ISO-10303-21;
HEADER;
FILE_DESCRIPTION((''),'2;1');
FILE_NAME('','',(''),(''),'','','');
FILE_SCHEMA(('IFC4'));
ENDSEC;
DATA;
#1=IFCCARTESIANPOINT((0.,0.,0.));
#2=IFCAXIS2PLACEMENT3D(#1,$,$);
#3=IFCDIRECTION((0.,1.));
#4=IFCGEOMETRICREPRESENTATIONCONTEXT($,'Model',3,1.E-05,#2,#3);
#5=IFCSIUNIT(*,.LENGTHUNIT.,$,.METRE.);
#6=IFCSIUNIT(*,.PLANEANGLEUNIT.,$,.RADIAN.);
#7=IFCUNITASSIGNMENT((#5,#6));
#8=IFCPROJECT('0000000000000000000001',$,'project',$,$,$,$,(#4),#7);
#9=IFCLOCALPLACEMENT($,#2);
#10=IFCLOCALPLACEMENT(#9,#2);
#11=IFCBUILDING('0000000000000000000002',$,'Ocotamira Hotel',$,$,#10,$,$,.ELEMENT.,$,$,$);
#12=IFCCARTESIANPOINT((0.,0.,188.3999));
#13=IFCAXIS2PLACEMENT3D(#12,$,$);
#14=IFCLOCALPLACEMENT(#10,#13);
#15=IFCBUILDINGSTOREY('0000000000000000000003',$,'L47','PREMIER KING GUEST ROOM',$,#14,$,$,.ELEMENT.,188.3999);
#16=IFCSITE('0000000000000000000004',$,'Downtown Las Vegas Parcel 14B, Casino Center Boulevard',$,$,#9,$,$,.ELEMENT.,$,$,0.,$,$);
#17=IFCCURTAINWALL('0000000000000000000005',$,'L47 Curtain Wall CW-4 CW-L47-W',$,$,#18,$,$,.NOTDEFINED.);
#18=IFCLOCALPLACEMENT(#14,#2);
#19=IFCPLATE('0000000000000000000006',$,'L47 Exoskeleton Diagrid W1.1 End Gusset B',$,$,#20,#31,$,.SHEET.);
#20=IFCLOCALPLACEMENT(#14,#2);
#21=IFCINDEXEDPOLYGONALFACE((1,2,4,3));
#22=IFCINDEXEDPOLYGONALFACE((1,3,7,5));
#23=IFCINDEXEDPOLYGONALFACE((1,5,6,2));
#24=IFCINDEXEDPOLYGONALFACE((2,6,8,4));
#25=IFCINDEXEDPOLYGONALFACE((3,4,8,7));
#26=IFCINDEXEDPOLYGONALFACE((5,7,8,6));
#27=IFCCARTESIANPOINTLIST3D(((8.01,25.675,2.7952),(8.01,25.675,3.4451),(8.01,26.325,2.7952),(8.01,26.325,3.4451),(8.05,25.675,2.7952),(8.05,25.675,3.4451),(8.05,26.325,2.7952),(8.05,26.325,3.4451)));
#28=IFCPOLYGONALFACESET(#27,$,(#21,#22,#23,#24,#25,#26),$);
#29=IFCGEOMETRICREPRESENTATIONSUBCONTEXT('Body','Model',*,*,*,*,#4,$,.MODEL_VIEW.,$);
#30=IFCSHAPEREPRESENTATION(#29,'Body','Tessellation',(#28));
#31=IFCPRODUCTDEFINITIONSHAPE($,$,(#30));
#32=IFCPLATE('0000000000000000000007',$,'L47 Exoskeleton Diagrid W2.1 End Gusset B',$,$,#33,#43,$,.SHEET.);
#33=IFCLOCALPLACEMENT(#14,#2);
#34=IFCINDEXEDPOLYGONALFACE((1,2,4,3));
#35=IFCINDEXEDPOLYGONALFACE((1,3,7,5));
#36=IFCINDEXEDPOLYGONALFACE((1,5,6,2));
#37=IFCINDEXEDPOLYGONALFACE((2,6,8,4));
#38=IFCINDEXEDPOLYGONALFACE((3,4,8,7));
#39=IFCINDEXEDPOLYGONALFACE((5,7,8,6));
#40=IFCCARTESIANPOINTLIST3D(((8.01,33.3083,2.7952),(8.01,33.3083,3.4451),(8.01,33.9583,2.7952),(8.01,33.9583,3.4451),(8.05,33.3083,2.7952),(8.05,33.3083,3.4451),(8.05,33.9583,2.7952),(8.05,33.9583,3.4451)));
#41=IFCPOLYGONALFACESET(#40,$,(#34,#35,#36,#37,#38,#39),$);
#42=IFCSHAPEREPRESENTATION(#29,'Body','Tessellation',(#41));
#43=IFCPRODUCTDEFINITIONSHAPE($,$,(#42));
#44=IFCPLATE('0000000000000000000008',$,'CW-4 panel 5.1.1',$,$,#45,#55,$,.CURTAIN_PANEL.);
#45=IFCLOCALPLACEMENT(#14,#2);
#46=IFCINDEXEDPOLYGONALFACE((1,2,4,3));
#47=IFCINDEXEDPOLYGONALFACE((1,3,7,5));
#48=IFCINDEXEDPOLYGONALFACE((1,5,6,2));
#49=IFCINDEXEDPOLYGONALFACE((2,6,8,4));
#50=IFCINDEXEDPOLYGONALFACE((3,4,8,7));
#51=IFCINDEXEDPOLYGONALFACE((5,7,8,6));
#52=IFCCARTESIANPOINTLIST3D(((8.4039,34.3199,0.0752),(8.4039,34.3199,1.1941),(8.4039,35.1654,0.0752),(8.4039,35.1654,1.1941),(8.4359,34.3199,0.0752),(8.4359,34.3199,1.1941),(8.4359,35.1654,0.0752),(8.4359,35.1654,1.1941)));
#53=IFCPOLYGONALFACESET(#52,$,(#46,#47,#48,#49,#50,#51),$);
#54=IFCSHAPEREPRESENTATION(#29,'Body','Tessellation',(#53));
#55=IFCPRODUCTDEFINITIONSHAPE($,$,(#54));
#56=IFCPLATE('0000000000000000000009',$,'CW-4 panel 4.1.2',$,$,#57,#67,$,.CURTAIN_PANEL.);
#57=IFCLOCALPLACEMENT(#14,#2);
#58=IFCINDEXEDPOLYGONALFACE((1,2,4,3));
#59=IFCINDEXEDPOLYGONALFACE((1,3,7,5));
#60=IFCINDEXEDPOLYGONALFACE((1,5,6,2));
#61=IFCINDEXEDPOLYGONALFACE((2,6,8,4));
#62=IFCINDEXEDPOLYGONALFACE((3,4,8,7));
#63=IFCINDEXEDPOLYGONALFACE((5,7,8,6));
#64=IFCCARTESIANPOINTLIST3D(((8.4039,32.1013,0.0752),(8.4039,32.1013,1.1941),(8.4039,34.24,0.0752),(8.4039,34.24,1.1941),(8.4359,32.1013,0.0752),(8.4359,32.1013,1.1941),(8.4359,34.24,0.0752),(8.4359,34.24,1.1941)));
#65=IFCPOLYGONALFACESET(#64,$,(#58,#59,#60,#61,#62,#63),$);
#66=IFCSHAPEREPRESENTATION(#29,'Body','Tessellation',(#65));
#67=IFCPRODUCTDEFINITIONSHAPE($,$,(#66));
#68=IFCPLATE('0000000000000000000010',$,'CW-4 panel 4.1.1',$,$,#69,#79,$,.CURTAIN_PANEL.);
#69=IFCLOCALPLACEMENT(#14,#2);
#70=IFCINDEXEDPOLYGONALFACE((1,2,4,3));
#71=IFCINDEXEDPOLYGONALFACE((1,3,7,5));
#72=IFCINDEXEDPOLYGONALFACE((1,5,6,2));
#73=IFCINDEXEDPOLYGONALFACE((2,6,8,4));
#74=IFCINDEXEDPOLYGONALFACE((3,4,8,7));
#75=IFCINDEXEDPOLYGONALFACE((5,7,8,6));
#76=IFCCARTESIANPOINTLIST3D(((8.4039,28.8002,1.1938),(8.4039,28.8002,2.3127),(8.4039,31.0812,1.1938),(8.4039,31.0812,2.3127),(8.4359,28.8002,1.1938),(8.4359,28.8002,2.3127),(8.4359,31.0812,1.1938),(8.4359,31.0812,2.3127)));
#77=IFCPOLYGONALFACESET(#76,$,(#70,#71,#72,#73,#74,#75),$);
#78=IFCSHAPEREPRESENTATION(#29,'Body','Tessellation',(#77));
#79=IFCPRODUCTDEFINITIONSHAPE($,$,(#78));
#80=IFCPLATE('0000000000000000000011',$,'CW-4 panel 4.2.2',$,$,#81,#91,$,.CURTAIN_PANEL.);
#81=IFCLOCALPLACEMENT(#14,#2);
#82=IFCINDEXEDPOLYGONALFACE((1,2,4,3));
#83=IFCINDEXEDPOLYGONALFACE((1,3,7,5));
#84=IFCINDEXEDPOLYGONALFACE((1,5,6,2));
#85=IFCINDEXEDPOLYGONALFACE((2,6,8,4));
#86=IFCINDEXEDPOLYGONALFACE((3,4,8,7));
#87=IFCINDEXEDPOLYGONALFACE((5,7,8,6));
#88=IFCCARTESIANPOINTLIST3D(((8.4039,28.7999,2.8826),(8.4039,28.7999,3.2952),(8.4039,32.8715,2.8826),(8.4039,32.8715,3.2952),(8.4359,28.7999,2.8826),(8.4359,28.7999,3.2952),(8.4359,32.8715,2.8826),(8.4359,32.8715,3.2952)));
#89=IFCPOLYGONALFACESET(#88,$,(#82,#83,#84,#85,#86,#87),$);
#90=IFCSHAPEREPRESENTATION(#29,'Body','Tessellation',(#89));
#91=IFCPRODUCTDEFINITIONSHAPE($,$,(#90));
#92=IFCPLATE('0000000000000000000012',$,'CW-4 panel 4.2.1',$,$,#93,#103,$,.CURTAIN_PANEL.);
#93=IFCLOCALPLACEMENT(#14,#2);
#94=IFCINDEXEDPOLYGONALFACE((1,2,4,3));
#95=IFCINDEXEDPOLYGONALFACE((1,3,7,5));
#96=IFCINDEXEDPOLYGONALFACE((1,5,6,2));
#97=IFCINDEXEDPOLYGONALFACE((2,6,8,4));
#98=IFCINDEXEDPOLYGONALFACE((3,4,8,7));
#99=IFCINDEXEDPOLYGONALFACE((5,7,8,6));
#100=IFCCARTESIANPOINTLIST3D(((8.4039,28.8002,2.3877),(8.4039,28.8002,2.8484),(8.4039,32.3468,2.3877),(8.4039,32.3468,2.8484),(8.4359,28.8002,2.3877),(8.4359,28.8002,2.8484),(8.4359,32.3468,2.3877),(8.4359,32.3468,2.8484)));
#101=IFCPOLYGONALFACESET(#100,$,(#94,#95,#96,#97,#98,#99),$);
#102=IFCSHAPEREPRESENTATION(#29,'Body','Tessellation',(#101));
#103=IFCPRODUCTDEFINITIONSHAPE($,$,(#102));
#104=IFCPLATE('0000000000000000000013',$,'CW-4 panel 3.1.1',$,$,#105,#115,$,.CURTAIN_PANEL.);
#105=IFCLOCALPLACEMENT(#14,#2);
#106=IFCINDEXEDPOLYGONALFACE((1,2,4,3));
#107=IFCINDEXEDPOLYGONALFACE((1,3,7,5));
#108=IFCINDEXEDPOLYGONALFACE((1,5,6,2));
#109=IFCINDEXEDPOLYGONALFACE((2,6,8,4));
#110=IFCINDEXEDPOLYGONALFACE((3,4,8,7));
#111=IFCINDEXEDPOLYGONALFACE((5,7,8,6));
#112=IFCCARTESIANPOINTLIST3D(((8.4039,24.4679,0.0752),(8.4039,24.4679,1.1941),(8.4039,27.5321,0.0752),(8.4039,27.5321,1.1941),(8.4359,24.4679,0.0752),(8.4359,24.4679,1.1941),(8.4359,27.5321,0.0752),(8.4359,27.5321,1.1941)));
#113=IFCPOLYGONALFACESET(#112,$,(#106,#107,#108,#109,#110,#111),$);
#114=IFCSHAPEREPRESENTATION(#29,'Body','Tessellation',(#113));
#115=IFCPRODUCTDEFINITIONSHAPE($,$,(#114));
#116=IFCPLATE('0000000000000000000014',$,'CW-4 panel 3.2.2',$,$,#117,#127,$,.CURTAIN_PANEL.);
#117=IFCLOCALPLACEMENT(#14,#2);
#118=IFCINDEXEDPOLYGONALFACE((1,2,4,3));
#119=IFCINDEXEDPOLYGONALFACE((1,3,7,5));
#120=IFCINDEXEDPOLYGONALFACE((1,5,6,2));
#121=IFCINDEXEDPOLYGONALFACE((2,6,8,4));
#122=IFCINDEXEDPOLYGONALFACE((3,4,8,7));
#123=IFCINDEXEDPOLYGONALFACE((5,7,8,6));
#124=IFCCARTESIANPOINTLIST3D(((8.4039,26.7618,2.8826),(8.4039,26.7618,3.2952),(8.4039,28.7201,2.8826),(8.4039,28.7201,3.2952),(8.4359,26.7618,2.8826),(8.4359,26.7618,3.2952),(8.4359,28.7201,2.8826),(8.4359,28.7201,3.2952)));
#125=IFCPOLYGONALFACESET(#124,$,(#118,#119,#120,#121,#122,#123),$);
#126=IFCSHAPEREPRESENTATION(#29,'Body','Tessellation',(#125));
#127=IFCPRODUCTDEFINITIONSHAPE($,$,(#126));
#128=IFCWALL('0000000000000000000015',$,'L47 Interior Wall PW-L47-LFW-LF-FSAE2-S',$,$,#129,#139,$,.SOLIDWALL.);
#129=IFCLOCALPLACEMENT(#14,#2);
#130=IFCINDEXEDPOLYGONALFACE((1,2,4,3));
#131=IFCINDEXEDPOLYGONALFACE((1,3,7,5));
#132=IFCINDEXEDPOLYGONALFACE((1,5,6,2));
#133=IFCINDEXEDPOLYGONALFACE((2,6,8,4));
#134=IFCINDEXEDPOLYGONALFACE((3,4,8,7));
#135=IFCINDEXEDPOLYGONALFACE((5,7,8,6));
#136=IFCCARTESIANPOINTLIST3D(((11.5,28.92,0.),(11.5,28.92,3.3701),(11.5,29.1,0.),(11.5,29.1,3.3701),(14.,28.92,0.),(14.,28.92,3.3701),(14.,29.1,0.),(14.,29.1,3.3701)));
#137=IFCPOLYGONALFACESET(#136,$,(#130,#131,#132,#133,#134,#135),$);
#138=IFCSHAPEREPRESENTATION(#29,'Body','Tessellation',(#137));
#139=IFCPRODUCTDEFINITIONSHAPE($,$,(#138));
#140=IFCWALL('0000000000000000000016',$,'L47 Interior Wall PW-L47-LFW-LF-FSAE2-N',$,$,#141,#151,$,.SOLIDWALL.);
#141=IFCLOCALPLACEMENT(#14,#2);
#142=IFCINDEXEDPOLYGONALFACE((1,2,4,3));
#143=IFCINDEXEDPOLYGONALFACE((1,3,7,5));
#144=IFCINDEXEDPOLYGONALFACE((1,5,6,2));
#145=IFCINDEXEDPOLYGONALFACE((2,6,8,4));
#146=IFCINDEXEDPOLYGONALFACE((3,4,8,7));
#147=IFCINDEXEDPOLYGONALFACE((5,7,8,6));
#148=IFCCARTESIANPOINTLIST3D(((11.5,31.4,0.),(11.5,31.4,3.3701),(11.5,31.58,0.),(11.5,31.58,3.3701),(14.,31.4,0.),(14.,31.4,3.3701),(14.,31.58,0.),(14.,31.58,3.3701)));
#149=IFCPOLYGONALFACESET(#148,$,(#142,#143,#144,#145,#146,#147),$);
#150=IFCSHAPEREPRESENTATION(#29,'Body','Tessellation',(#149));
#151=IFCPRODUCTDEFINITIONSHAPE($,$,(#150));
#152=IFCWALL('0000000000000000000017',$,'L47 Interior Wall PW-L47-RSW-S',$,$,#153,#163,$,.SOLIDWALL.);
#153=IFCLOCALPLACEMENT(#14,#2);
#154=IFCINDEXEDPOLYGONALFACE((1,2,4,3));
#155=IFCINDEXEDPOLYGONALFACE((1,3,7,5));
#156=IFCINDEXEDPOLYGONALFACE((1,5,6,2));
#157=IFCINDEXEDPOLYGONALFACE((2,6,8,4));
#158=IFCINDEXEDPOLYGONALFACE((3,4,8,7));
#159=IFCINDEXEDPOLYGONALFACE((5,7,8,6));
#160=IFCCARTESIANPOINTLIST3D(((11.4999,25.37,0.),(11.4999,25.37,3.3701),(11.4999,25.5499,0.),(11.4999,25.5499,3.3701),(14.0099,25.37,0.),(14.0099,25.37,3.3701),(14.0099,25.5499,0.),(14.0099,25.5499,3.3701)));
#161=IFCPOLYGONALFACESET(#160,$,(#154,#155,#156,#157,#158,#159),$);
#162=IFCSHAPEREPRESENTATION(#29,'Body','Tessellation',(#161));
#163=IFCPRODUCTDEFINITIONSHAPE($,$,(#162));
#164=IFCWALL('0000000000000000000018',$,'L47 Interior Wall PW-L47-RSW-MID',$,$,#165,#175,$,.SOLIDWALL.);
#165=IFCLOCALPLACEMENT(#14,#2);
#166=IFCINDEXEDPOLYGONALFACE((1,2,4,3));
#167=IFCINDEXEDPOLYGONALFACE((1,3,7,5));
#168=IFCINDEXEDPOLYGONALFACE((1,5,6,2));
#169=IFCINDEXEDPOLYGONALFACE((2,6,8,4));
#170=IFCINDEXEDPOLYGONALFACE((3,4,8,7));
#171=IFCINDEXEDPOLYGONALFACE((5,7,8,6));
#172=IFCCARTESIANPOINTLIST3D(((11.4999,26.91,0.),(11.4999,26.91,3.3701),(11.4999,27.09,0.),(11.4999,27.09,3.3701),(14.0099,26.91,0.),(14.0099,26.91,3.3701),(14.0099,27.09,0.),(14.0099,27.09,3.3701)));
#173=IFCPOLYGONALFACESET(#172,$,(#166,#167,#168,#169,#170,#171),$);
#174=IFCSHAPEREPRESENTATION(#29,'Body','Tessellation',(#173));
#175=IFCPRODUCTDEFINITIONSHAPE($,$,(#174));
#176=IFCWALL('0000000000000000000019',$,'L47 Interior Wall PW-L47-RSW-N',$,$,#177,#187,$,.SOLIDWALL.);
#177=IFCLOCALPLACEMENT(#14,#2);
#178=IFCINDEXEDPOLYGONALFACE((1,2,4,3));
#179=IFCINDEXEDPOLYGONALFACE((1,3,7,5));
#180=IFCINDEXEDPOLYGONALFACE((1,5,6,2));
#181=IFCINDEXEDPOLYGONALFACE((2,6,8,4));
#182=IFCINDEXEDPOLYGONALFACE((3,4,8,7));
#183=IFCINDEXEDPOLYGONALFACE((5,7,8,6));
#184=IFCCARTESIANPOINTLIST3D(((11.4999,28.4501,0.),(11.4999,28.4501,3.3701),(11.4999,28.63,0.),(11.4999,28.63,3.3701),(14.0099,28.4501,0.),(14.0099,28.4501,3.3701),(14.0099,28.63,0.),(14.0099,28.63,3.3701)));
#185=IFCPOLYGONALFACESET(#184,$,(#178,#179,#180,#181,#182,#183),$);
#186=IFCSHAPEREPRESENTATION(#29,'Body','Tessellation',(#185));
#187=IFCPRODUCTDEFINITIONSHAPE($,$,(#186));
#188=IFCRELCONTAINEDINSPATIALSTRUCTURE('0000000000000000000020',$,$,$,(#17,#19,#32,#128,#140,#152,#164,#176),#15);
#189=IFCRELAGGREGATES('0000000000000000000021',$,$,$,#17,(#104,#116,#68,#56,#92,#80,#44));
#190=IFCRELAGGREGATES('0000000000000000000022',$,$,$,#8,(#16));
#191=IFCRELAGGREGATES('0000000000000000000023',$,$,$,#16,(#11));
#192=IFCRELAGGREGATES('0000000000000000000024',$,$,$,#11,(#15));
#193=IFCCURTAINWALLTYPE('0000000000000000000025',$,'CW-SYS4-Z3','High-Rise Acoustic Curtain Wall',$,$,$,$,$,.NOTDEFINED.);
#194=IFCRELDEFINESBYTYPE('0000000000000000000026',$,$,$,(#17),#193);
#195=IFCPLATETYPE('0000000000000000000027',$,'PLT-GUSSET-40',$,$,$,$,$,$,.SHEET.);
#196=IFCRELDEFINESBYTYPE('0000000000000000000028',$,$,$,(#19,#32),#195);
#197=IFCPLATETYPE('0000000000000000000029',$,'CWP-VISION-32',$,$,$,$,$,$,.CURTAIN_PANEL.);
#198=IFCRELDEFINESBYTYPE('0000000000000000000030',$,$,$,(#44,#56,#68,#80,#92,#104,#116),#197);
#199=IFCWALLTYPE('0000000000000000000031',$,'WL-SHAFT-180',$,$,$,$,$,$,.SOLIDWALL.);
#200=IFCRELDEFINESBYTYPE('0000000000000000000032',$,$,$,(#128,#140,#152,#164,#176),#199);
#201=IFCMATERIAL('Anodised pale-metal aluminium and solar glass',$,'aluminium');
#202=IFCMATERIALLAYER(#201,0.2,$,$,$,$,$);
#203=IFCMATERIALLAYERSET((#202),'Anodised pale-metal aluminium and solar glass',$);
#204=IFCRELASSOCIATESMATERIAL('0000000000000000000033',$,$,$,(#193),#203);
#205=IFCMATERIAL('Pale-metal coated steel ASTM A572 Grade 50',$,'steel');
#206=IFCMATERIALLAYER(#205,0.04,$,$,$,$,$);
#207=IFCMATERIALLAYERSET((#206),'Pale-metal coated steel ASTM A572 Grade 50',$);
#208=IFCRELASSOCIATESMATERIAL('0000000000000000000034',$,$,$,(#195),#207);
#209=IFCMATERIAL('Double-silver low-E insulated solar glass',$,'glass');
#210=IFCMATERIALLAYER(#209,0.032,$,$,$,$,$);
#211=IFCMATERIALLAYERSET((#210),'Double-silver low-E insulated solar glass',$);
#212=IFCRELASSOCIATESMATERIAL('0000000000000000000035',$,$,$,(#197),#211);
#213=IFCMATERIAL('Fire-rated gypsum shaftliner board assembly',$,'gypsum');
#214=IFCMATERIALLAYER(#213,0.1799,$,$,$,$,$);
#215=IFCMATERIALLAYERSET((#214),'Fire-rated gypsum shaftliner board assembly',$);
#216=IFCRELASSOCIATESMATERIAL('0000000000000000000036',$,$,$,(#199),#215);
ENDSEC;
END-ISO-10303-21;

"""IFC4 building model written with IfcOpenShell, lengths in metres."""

from ifc_helpers import new_model, si_unit, direction, frame, frame_2d, origin, origin_2d, place, context, subcontext, project, spatial, rectangle, extrude, source, transform, mapped, material, layer, layer_set, type_object, element, aggregate, save


model = new_model("IFC4")

# Units and contexts
model_context = context("Model", 3, precision=1e-05, world=origin(), true_north=direction((0.0, 1.0)))
body_context = subcontext(model_context, "Body", "Model", "MODEL_VIEW")
ifc_project = project(units=[si_unit("LENGTHUNIT", "METRE"), si_unit("PLANEANGLEUNIT", "RADIAN")], contexts=[model_context])

# Site, building, storey
site_placement = place(None, origin())
site = spatial("IfcSite", under=ifc_project, at=site_placement, Name="Downtown Las Vegas Parcel 14B, Casino Center Boulevard", CompositionType="ELEMENT", RefElevation=0.0)
building_placement = place(site_placement, origin())
building = spatial("IfcBuilding", under=site, at=building_placement, Name="Ocotamira Hotel", CompositionType="ELEMENT")
storey_placement = place(building_placement, frame((0.0, 0.0, 188.3999)))
storey = spatial("IfcBuildingStorey", under=building, at=storey_placement, Name="L47", Description="PREMIER KING GUEST ROOM", CompositionType="ELEMENT", Elevation=188.3999)

# Curtain wall
ifc_material_1 = material(Name="Anodised pale-metal aluminium and solar glass", Category="aluminium")
ifc_layer_1 = layer(ifc_material_1, 0.2)
ifc_layer_set_1 = layer_set([ifc_layer_1], Name="Anodised pale-metal aluminium and solar glass")
curtain_wall_type = type_object("IfcCurtainWallType", Name="CW-SYS4-Z3", Description="High-Rise Acoustic Curtain Wall", PredefinedType="NOTDEFINED", material=ifc_layer_set_1)
curtain_wall_placement = place(storey_placement, origin())
curtain_wall = element("IfcCurtainWall", 1, at=curtain_wall_placement, inside=storey, type_object=curtain_wall_type, Name="L47 Curtain Wall CW-4 CW-L47-W", PredefinedType="NOTDEFINED")

# Plates
ifc_material_2 = material(Name="Pale-metal coated steel ASTM A572 Grade 50", Category="steel")
ifc_layer_2 = layer(ifc_material_2, 0.04)
ifc_layer_set_2 = layer_set([ifc_layer_2], Name="Pale-metal coated steel ASTM A572 Grade 50")
plate_type_1 = type_object("IfcPlateType", Name="PLT-GUSSET-40", PredefinedType="SHEET", material=ifc_layer_set_2)
shared_shape_1 = source(origin(), body_context, "Body", "SweptSolid", [
    extrude(rectangle(XDim=0.04, YDim=0.6499, at=origin_2d()), origin(), (0.0, 0.0, 1.0), 0.6499),
])
for number, where, z_axis, x_axis, name in (
    (2, (8.03, 26.0, 2.7952), (0.0, 0.0, 1.0), (1.0, 0.0, 0.0), "L47 Exoskeleton Diagrid W1.1 End Gusset B"),
    (3, (8.03, 33.6333, 2.7952), (0.0, 0.0, 1.0), (1.0, 0.0, 0.0), "L47 Exoskeleton Diagrid W2.1 End Gusset B"),
):
    element("IfcPlate", number, at=place(storey_placement, frame(where, z_axis=z_axis, x_axis=x_axis)), inside=storey, type_object=plate_type_1, Name=name, PredefinedType="SHEET", context=body_context, shape_type="MappedRepresentation", body=[
        mapped(shared_shape_1, transform((0.0, 0.0, 0.0), scale=1.0)),
    ])

# Plates
ifc_material_3 = material(Name="Double-silver low-E insulated solar glass", Category="glass")
ifc_layer_3 = layer(ifc_material_3, 0.032)
ifc_layer_set_3 = layer_set([ifc_layer_3], Name="Double-silver low-E insulated solar glass")
plate_type_2 = type_object("IfcPlateType", Name="CWP-VISION-32", PredefinedType="CURTAIN_PANEL", material=ifc_layer_set_3)
shared_shape_2 = source(origin(), body_context, "Body", "SweptSolid", [
    extrude(rectangle(XDim=0.8455, YDim=0.032, at=origin_2d()), origin(), (0.0, 0.0, 1.0), 1.1189),
])
plate_1_placement = place(storey_placement, frame((8.4199, 34.7427, 0.0752), z_axis=(0.0, 0.0, 1.0), x_axis=(0.0, 1.0, 0.0)))
plate_1 = element("IfcPlate", 4, at=plate_1_placement, type_object=plate_type_2, Name="CW-4 panel 5.1.1", PredefinedType="CURTAIN_PANEL", context=body_context, shape_type="MappedRepresentation", body=[
    mapped(shared_shape_2, transform((0.0, 0.0, 0.0), scale=1.0)),
])
shared_shape_3 = source(origin(), body_context, "Body", "SweptSolid", [
    extrude(rectangle(XDim=2.1387, YDim=0.032, at=origin_2d()), origin(), (0.0, 0.0, 1.0), 1.1189),
])
plate_2_placement = place(storey_placement, frame((8.4199, 33.1707, 0.0752), z_axis=(0.0, 0.0, 1.0), x_axis=(0.0, 1.0, 0.0)))
plate_2 = element("IfcPlate", 5, at=plate_2_placement, type_object=plate_type_2, Name="CW-4 panel 4.1.2", PredefinedType="CURTAIN_PANEL", context=body_context, shape_type="MappedRepresentation", body=[
    mapped(shared_shape_3, transform((0.0, 0.0, 0.0), scale=1.0)),
])
shared_shape_4 = source(origin(), body_context, "Body", "SweptSolid", [
    extrude(rectangle(XDim=2.281, YDim=0.032, at=origin_2d()), origin(), (0.0, 0.0, 1.0), 1.1189),
])
plate_3_placement = place(storey_placement, frame((8.4199, 29.9407, 1.1938), z_axis=(0.0, 0.0, 1.0), x_axis=(0.0, 1.0, 0.0)))
plate_3 = element("IfcPlate", 6, at=plate_3_placement, type_object=plate_type_2, Name="CW-4 panel 4.1.1", PredefinedType="CURTAIN_PANEL", context=body_context, shape_type="MappedRepresentation", body=[
    mapped(shared_shape_4, transform((0.0, 0.0, 0.0), scale=1.0)),
])
shared_shape_5 = source(origin(), body_context, "Body", "SweptSolid", [
    extrude(rectangle(XDim=4.0715, YDim=0.032, at=origin_2d()), origin(), (0.0, 0.0, 1.0), 0.4126),
])
plate_4_placement = place(storey_placement, frame((8.4199, 30.8357, 2.8826), z_axis=(0.0, 0.0, 1.0), x_axis=(0.0, 1.0, 0.0)))
plate_4 = element("IfcPlate", 7, at=plate_4_placement, type_object=plate_type_2, Name="CW-4 panel 4.2.2", PredefinedType="CURTAIN_PANEL", context=body_context, shape_type="MappedRepresentation", body=[
    mapped(shared_shape_5, transform((0.0, 0.0, 0.0), scale=1.0)),
])
shared_shape_6 = source(origin(), body_context, "Body", "SweptSolid", [
    extrude(rectangle(XDim=3.5466, YDim=0.032, at=origin_2d()), origin(), (0.0, 0.0, 1.0), 0.4607),
])
plate_5_placement = place(storey_placement, frame((8.4199, 30.5735, 2.3877), z_axis=(0.0, 0.0, 1.0), x_axis=(0.0, 1.0, 0.0)))
plate_5 = element("IfcPlate", 8, at=plate_5_placement, type_object=plate_type_2, Name="CW-4 panel 4.2.1", PredefinedType="CURTAIN_PANEL", context=body_context, shape_type="MappedRepresentation", body=[
    mapped(shared_shape_6, transform((0.0, 0.0, 0.0), scale=1.0)),
])
shared_shape_7 = source(origin(), body_context, "Body", "SweptSolid", [
    extrude(rectangle(XDim=3.0642, YDim=0.032, at=origin_2d()), origin(), (0.0, 0.0, 1.0), 1.1189),
])
plate_6_placement = place(storey_placement, frame((8.4199, 26.0, 0.0752), z_axis=(0.0, 0.0, 1.0), x_axis=(0.0, 1.0, 0.0)))
plate_6 = element("IfcPlate", 9, at=plate_6_placement, type_object=plate_type_2, Name="CW-4 panel 3.1.1", PredefinedType="CURTAIN_PANEL", context=body_context, shape_type="MappedRepresentation", body=[
    mapped(shared_shape_7, transform((0.0, 0.0, 0.0), scale=1.0)),
])
shared_shape_8 = source(origin(), body_context, "Body", "SweptSolid", [
    extrude(rectangle(XDim=1.9583, YDim=0.032, at=origin_2d()), origin(), (0.0, 0.0, 1.0), 0.4126),
])
plate_7_placement = place(storey_placement, frame((8.4199, 27.741, 2.8826), z_axis=(0.0, 0.0, 1.0), x_axis=(0.0, 1.0, 0.0)))
plate_7 = element("IfcPlate", 10, at=plate_7_placement, type_object=plate_type_2, Name="CW-4 panel 3.2.2", PredefinedType="CURTAIN_PANEL", context=body_context, shape_type="MappedRepresentation", body=[
    mapped(shared_shape_8, transform((0.0, 0.0, 0.0), scale=1.0)),
])
aggregate(curtain_wall, [plate_6, plate_7, plate_3, plate_2, plate_5, plate_4, plate_1])

# Walls
ifc_material_4 = material(Name="Fire-rated gypsum shaftliner board assembly", Category="gypsum")
ifc_layer_4 = layer(ifc_material_4, 0.1799)
ifc_layer_set_4 = layer_set([ifc_layer_4], Name="Fire-rated gypsum shaftliner board assembly")
wall_type_1 = type_object("IfcWallType", Name="WL-SHAFT-180", PredefinedType="SOLIDWALL", material=ifc_layer_set_4)
for number, where, z_axis, x_axis, name in (
    (11, (11.5, 29.01, 0.0), (0.0, 0.0, 1.0), (1.0, 0.0, 0.0), "L47 Interior Wall PW-L47-LFW-LF-FSAE2-S"),
    (12, (11.5, 31.49, 0.0), (0.0, 0.0, 1.0), (1.0, 0.0, 0.0), "L47 Interior Wall PW-L47-LFW-LF-FSAE2-N"),
):
    element("IfcWall", number, at=place(storey_placement, frame(where, z_axis=z_axis, x_axis=x_axis)), inside=storey, type_object=wall_type_1, Name=name, PredefinedType="SOLIDWALL", context=body_context, shape_type="SweptSolid", body=[
        extrude(rectangle(XDim=2.5, YDim=0.1799, at=frame_2d((1.25, 0.0))), origin(), (0.0, 0.0, 1.0), 3.3701),
    ])
for number, where, z_axis, x_axis, name in (
    (13, (11.5, 25.46, 0.0), (0.0, 0.0, 1.0), (1.0, 0.0, 0.0), "L47 Interior Wall PW-L47-RSW-S"),
    (14, (11.5, 27.0, 0.0), (0.0, 0.0, 1.0), (1.0, 0.0, 0.0), "L47 Interior Wall PW-L47-RSW-MID"),
    (15, (11.5, 28.54, 0.0), (0.0, 0.0, 1.0), (1.0, 0.0, 0.0), "L47 Interior Wall PW-L47-RSW-N"),
):
    element("IfcWall", number, at=place(storey_placement, frame(where, z_axis=z_axis, x_axis=x_axis)), inside=storey, type_object=wall_type_1, Name=name, PredefinedType="SOLIDWALL", context=body_context, shape_type="SweptSolid", body=[
        extrude(rectangle(XDim=2.51, YDim=0.1799, at=frame_2d((1.2549, 0.0))), origin(), (0.0, 0.0, 1.0), 3.3701),
    ])

save(model, "model.ifc")
